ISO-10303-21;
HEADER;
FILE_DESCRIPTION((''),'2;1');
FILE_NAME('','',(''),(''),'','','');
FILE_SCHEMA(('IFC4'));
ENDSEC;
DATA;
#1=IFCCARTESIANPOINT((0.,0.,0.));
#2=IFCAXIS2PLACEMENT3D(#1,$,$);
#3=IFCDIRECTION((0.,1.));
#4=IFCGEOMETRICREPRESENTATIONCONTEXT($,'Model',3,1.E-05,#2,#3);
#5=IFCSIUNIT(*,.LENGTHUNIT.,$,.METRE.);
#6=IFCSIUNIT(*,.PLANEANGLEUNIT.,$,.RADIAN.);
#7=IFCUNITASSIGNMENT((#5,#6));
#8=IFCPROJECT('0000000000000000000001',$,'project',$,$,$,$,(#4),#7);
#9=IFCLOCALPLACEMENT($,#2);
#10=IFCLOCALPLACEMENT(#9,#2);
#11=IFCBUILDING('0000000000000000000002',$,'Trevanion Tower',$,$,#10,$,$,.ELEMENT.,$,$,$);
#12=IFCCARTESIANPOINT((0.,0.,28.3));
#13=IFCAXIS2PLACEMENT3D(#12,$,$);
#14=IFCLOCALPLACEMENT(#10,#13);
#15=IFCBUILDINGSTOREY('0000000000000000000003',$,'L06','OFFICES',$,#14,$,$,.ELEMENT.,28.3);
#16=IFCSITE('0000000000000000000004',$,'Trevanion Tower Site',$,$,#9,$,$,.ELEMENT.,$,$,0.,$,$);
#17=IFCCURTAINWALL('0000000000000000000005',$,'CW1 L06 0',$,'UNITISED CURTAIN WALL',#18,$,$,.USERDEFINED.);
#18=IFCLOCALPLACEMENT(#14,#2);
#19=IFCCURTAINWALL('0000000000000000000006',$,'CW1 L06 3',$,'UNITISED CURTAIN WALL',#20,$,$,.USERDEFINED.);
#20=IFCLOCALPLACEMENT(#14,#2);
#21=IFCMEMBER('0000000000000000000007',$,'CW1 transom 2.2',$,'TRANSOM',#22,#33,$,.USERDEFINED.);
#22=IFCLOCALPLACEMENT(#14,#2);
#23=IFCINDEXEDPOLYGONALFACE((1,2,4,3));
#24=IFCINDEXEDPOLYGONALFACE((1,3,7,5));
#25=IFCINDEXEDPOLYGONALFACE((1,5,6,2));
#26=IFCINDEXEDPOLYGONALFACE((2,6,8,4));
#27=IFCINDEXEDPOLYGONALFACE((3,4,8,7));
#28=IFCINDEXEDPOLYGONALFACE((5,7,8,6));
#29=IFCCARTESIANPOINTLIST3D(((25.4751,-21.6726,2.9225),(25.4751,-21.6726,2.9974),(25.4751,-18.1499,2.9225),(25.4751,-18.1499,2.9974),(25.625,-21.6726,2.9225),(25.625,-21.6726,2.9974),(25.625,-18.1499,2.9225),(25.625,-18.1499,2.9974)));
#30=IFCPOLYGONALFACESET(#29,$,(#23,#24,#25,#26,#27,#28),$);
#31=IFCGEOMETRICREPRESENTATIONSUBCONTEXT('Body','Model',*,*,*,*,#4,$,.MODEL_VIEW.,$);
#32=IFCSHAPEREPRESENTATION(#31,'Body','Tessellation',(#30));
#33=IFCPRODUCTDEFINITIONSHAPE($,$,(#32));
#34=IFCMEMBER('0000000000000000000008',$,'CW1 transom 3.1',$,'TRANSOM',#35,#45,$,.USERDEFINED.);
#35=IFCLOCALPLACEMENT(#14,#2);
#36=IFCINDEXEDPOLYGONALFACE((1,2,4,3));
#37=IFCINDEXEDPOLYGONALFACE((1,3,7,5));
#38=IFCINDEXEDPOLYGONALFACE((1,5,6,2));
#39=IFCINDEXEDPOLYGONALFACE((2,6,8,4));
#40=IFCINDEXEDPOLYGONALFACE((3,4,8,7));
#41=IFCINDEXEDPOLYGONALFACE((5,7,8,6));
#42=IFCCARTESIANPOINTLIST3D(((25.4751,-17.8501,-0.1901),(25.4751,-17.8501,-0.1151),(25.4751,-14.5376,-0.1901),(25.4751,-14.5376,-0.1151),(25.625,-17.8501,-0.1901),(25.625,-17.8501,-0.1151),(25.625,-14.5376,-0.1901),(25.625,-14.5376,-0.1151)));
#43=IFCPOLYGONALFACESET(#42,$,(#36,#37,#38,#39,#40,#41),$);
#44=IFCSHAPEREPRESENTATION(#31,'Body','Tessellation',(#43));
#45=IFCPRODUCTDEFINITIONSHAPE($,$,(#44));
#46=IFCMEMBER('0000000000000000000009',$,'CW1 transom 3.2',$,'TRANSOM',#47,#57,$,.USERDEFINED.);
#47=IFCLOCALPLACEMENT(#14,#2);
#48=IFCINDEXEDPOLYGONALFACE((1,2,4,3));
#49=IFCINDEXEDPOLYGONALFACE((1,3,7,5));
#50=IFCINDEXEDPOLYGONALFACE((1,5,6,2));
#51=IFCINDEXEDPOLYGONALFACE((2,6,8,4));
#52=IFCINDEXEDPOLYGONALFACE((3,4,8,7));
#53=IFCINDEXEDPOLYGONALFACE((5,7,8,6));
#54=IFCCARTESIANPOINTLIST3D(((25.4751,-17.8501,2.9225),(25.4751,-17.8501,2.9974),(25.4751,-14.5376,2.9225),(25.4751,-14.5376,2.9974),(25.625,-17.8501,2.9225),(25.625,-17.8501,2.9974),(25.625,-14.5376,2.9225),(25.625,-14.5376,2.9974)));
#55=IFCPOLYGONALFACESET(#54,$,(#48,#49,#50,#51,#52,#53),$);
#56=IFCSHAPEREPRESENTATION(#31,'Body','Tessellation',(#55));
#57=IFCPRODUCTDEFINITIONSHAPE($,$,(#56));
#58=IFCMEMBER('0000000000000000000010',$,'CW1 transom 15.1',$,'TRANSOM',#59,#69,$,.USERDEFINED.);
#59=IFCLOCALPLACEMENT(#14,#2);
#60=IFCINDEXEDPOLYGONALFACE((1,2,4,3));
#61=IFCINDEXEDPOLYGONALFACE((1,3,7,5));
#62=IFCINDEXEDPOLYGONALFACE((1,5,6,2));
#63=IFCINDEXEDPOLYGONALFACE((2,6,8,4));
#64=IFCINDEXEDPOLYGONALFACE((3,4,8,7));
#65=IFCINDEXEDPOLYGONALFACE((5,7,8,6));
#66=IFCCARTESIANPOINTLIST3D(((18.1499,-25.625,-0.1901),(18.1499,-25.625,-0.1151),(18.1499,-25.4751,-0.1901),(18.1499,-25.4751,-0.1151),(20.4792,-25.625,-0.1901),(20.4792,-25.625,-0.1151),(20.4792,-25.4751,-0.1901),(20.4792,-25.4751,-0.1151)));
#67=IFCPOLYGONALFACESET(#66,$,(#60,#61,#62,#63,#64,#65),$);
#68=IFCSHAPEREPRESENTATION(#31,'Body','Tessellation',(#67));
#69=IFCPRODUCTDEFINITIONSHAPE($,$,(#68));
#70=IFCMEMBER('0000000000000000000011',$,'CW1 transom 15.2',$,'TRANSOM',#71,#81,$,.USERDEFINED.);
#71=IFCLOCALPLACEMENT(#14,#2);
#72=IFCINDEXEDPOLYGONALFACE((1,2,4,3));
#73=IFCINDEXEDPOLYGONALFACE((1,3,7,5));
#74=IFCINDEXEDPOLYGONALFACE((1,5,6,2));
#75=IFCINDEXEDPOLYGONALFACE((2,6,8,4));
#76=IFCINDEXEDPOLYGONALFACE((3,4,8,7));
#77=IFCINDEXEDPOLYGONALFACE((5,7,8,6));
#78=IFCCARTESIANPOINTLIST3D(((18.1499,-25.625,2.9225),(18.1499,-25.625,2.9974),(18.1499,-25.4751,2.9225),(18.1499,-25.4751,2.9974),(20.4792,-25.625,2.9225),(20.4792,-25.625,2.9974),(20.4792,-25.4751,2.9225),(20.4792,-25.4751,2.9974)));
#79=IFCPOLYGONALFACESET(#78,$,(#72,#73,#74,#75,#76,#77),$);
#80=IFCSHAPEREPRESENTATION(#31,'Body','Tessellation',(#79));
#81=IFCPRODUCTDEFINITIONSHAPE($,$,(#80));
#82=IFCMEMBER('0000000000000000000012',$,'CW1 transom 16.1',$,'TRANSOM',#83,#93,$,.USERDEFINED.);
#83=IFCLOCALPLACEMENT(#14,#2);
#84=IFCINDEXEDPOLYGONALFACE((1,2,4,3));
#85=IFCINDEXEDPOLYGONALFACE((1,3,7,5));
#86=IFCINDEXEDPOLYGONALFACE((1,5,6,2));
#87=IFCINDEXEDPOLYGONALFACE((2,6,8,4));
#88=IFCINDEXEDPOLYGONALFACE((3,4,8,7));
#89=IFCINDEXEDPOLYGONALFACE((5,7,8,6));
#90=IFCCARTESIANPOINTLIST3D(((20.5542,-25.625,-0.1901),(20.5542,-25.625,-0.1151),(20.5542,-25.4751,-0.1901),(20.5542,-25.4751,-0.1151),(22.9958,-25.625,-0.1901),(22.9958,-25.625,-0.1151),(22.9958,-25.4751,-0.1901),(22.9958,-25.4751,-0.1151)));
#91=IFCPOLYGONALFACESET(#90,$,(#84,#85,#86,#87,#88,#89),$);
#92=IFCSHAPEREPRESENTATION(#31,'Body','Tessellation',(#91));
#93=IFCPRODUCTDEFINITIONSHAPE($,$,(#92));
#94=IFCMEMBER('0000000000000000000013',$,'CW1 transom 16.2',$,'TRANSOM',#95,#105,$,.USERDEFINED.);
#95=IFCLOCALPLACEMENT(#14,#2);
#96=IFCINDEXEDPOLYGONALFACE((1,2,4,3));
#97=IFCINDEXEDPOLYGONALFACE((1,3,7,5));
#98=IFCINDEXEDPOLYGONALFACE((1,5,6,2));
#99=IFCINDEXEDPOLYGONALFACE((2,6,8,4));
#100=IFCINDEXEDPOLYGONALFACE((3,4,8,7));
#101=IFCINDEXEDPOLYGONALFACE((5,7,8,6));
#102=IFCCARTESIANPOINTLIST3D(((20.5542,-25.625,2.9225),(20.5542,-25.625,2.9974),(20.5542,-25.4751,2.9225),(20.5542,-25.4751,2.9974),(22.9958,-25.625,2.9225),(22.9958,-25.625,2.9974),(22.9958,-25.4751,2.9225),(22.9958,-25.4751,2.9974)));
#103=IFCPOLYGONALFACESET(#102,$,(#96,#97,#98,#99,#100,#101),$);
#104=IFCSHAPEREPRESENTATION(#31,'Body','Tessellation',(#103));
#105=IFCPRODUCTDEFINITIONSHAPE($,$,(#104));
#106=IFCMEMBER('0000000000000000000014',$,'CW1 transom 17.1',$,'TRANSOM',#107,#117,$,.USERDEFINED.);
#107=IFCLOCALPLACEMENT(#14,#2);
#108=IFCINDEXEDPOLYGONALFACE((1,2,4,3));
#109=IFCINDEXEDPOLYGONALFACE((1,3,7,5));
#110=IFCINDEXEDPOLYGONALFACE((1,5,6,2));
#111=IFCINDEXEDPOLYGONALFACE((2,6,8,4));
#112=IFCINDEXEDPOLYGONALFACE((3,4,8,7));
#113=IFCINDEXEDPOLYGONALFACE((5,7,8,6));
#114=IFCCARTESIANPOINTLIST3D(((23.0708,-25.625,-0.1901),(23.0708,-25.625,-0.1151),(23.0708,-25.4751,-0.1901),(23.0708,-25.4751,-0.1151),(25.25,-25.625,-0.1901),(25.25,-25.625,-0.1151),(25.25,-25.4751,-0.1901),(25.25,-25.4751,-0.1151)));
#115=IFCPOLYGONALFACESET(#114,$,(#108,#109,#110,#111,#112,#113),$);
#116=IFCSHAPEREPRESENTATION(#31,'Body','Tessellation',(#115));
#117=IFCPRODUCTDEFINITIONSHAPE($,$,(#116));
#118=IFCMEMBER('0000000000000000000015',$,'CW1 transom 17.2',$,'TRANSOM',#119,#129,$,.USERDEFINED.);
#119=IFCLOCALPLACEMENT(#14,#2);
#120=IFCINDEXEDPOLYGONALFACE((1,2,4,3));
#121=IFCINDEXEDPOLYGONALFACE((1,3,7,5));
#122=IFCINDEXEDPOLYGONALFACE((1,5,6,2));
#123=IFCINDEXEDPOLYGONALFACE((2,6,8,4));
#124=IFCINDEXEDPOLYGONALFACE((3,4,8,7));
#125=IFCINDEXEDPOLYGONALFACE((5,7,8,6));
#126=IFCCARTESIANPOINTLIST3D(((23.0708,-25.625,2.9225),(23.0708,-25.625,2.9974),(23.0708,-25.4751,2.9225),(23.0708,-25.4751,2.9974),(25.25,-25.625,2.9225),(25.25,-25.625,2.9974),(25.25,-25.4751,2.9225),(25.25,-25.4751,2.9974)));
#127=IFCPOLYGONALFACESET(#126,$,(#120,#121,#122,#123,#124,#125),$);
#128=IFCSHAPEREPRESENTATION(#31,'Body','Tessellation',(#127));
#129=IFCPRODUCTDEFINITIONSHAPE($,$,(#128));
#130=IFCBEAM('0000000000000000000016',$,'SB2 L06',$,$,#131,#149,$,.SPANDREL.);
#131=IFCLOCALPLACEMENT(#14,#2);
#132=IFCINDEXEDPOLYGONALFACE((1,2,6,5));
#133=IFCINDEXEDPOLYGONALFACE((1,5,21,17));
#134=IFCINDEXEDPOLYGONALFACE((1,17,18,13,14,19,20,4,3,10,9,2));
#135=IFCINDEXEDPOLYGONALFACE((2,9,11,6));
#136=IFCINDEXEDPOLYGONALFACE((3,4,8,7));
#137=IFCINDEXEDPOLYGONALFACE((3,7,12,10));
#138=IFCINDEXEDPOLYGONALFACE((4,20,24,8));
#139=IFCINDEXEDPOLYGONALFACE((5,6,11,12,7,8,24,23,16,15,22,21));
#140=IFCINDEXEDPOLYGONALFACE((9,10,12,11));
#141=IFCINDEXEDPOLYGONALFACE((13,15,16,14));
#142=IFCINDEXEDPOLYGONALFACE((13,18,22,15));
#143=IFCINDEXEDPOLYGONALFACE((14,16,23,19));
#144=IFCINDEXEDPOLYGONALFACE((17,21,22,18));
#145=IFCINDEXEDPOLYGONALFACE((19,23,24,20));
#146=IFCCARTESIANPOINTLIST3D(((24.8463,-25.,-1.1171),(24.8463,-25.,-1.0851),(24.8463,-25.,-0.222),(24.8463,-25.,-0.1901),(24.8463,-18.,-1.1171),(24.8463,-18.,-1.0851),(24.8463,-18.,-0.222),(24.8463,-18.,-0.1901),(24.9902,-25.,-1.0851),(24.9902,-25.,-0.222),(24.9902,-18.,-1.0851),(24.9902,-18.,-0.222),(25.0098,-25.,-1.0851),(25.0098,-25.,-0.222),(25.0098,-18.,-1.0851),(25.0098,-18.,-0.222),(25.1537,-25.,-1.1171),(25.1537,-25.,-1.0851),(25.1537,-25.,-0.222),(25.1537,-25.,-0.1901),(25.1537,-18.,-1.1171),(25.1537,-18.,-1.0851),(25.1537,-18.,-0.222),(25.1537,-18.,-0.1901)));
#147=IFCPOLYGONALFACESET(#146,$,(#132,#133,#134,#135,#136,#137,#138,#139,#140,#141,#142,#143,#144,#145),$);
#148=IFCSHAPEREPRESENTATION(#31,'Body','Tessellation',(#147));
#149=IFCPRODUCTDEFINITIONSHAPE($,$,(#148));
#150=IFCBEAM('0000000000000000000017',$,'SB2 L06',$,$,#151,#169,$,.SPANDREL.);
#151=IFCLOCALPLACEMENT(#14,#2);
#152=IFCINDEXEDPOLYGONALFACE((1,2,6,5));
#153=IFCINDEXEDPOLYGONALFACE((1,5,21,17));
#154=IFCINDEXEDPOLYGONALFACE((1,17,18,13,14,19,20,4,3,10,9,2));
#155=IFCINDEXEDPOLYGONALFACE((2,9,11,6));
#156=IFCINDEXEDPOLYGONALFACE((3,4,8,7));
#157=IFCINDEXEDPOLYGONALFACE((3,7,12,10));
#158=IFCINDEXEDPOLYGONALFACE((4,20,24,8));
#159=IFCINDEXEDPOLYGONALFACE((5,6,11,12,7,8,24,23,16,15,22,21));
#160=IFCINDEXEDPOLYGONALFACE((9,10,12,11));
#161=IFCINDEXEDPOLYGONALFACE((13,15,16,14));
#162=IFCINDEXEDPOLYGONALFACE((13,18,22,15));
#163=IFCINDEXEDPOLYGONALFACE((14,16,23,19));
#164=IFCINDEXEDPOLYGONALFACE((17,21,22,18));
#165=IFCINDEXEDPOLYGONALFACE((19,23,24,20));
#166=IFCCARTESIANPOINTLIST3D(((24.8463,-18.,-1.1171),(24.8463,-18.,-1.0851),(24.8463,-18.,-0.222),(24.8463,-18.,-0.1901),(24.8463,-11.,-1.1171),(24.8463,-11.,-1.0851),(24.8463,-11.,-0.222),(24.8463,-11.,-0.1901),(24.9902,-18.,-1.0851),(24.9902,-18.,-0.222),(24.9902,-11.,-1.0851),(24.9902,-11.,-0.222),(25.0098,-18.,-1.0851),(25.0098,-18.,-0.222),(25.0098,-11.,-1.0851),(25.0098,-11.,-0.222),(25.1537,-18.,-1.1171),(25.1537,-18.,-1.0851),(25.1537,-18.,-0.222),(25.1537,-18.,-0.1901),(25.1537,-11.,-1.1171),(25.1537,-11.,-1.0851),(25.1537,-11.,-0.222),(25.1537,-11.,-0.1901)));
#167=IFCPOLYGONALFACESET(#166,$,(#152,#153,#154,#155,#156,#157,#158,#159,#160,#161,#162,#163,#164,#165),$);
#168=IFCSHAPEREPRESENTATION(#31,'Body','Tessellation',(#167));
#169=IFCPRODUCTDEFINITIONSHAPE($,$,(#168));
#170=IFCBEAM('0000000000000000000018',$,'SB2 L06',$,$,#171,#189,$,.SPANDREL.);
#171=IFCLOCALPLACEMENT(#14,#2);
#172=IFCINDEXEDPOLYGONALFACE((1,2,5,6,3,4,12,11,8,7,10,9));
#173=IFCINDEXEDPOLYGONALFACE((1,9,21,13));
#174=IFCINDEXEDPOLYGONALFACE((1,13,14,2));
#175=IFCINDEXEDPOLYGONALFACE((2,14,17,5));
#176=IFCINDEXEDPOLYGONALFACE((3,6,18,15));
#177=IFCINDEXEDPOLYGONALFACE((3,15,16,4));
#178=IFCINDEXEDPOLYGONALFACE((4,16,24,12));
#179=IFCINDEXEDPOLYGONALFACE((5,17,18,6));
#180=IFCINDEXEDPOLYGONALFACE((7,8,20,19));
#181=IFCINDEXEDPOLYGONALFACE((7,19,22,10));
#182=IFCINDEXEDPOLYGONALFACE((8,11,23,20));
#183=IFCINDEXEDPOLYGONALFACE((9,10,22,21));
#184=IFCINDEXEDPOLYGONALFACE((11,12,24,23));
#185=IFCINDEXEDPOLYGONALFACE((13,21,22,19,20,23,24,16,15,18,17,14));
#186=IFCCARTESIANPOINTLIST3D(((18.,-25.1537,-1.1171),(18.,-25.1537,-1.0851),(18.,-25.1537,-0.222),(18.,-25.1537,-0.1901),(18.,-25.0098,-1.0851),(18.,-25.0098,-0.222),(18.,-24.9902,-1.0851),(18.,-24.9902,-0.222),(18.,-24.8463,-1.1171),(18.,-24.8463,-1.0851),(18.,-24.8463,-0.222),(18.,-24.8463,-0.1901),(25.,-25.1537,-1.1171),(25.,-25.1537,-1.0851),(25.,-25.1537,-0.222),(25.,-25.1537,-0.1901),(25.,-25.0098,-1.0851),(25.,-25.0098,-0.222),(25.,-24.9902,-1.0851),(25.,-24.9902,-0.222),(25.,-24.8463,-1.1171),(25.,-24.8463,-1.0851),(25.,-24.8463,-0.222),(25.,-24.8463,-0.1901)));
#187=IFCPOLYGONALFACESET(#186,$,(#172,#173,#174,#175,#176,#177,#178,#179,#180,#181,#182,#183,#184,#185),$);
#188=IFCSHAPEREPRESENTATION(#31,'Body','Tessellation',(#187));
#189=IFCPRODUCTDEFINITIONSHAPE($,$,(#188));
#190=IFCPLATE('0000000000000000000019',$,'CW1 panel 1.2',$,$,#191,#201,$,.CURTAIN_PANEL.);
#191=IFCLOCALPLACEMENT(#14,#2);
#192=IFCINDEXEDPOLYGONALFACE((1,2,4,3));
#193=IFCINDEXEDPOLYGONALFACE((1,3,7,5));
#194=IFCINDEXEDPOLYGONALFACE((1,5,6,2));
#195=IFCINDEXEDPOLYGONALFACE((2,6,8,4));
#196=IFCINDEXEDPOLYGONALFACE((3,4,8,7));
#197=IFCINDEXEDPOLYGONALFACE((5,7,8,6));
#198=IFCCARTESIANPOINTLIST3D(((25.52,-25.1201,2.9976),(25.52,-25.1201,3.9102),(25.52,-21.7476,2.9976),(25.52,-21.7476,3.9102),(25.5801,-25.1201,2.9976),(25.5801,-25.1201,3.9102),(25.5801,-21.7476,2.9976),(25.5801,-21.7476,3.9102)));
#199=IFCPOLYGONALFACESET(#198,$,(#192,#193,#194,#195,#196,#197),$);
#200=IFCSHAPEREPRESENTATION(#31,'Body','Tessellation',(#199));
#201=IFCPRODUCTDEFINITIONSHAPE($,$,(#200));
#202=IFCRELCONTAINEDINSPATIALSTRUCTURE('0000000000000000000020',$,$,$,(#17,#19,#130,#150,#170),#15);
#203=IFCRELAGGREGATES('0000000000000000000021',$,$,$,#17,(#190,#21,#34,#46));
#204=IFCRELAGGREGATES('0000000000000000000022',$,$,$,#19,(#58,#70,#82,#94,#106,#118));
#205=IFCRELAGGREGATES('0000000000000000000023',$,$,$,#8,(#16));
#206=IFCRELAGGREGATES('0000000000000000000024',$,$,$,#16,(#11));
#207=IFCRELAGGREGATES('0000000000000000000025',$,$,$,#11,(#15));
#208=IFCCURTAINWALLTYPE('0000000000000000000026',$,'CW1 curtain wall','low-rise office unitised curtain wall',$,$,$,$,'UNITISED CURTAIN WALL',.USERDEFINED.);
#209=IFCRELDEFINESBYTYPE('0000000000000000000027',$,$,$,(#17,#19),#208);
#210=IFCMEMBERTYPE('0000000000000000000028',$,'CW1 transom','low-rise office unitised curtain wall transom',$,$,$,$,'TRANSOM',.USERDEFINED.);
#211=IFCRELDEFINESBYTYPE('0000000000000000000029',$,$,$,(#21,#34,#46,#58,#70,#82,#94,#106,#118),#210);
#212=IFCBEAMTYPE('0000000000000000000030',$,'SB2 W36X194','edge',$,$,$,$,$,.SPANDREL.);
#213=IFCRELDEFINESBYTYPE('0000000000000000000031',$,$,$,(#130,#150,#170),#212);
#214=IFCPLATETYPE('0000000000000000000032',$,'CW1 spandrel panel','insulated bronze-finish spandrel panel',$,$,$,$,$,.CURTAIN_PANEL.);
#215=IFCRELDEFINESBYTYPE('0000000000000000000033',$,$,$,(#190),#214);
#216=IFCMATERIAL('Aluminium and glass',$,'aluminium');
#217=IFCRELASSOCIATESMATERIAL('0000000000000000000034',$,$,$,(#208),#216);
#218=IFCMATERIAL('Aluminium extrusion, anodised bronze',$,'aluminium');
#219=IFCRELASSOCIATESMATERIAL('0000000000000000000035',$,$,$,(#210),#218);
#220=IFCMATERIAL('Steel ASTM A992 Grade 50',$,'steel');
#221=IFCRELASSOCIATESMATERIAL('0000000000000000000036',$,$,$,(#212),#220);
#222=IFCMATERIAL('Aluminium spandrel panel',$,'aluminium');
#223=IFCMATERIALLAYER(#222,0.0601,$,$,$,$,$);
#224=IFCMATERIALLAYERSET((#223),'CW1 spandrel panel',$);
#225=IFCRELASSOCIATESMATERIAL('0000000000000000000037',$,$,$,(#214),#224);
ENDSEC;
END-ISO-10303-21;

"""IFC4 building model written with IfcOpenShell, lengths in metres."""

from ifc_helpers import new_model, si_unit, direction, frame, origin, origin_2d, place, context, subcontext, project, spatial, rectangle, i_section, extrude, material, layer, layer_set, material_profile, profile_set, type_object, element, aggregate, save


model = new_model("IFC4")

# Units and contexts
model_context = context("Model", 3, precision=1e-05, world=origin(), true_north=direction((0.0, 1.0)))
body_context = subcontext(model_context, "Body", "Model", "MODEL_VIEW")
ifc_project = project(units=[si_unit("LENGTHUNIT", "METRE"), si_unit("PLANEANGLEUNIT", "RADIAN")], contexts=[model_context])

# Site, building, storey
site_placement = place(None, origin())
site = spatial("IfcSite", under=ifc_project, at=site_placement, Name="Trevanion Tower Site", CompositionType="ELEMENT", RefElevation=0.0)
building_placement = place(site_placement, origin())
building = spatial("IfcBuilding", under=site, at=building_placement, Name="Trevanion Tower", CompositionType="ELEMENT")
storey_placement = place(building_placement, frame((0.0, 0.0, 28.3)))
storey = spatial("IfcBuildingStorey", under=building, at=storey_placement, Name="L06", Description="OFFICES", CompositionType="ELEMENT", Elevation=28.3)

# Curtain wall
ifc_material_1 = material(Name="Aluminium and glass", Category="aluminium")
curtain_wall_type = type_object("IfcCurtainWallType", Name="CW1 curtain wall", Description="low-rise office unitised curtain wall", ElementType="UNITISED CURTAIN WALL", PredefinedType="USERDEFINED", material=ifc_material_1)
curtain_wall_1_placement = place(storey_placement, origin())
curtain_wall_1 = element("IfcCurtainWall", 1, at=curtain_wall_1_placement, inside=storey, type_object=curtain_wall_type, Name="CW1 L06 0", ObjectType="UNITISED CURTAIN WALL", PredefinedType="USERDEFINED")

# Curtain wall
curtain_wall_2_placement = place(storey_placement, origin())
curtain_wall_2 = element("IfcCurtainWall", 2, at=curtain_wall_2_placement, inside=storey, type_object=curtain_wall_type, Name="CW1 L06 3", ObjectType="UNITISED CURTAIN WALL", PredefinedType="USERDEFINED")

# Members
ifc_material_2 = material(Name="Aluminium extrusion, anodised bronze", Category="aluminium")
ifc_material_profile_1 = material_profile(ifc_material_2, rectangle(XDim=0.1499, YDim=0.075, at=origin_2d()), Name="CW1 transom")
ifc_profile_set_1 = profile_set([ifc_material_profile_1], Name="Aluminium extrusion, anodised bronze")
member_type_1 = type_object("IfcMemberType", Name="CW1 transom", Description="low-rise office unitised curtain wall transom", ElementType="TRANSOM", PredefinedType="USERDEFINED", material=ifc_profile_set_1)
member_1_placement = place(storey_placement, frame((25.55, -21.6726, 2.96), z_axis=(0.0, 1.0, 0.0), x_axis=(-1.0, 0.0, 0.0)))
member_1 = element("IfcMember", 3, at=member_1_placement, type_object=member_type_1, Name="CW1 transom 2.2", ObjectType="TRANSOM", PredefinedType="USERDEFINED", context=body_context, shape_type="SweptSolid", body=[
    extrude(rectangle(XDim=0.1499, YDim=0.075, at=origin_2d()), origin(), (0.0, 0.0, 1.0), 3.5227),
])
member_2_placement = place(storey_placement, frame((25.55, -17.8501, -0.1526), z_axis=(0.0, 1.0, 0.0), x_axis=(-1.0, 0.0, 0.0)))
member_2 = element("IfcMember", 4, at=member_2_placement, type_object=member_type_1, Name="CW1 transom 3.1", ObjectType="TRANSOM", PredefinedType="USERDEFINED", context=body_context, shape_type="SweptSolid", body=[
    extrude(rectangle(XDim=0.1499, YDim=0.075, at=origin_2d()), origin(), (0.0, 0.0, 1.0), 3.3125),
])
member_3_placement = place(storey_placement, frame((25.55, -17.8501, 2.96), z_axis=(0.0, 1.0, 0.0), x_axis=(-1.0, 0.0, 0.0)))
member_3 = element("IfcMember", 5, at=member_3_placement, type_object=member_type_1, Name="CW1 transom 3.2", ObjectType="TRANSOM", PredefinedType="USERDEFINED", context=body_context, shape_type="SweptSolid", body=[
    extrude(rectangle(XDim=0.1499, YDim=0.075, at=origin_2d()), origin(), (0.0, 0.0, 1.0), 3.3125),
])
member_4_placement = place(storey_placement, frame((18.1499, -25.55, -0.1526), z_axis=(1.0, 0.0, 0.0), x_axis=(0.0, 1.0, 0.0)))
member_4 = element("IfcMember", 6, at=member_4_placement, type_object=member_type_1, Name="CW1 transom 15.1", ObjectType="TRANSOM", PredefinedType="USERDEFINED", context=body_context, shape_type="SweptSolid", body=[
    extrude(rectangle(XDim=0.1499, YDim=0.075, at=origin_2d()), origin(), (0.0, 0.0, 1.0), 2.3293),
])
member_5_placement = place(storey_placement, frame((18.1499, -25.55, 2.96), z_axis=(1.0, 0.0, 0.0), x_axis=(0.0, 1.0, 0.0)))
member_5 = element("IfcMember", 7, at=member_5_placement, type_object=member_type_1, Name="CW1 transom 15.2", ObjectType="TRANSOM", PredefinedType="USERDEFINED", context=body_context, shape_type="SweptSolid", body=[
    extrude(rectangle(XDim=0.1499, YDim=0.075, at=origin_2d()), origin(), (0.0, 0.0, 1.0), 2.3293),
])
member_6_placement = place(storey_placement, frame((20.5542, -25.55, -0.1526), z_axis=(1.0, 0.0, 0.0), x_axis=(0.0, 1.0, 0.0)))
member_6 = element("IfcMember", 8, at=member_6_placement, type_object=member_type_1, Name="CW1 transom 16.1", ObjectType="TRANSOM", PredefinedType="USERDEFINED", context=body_context, shape_type="SweptSolid", body=[
    extrude(rectangle(XDim=0.1499, YDim=0.075, at=origin_2d()), origin(), (0.0, 0.0, 1.0), 2.4417),
])
member_7_placement = place(storey_placement, frame((20.5542, -25.55, 2.96), z_axis=(1.0, 0.0, 0.0), x_axis=(0.0, 1.0, 0.0)))
member_7 = element("IfcMember", 9, at=member_7_placement, type_object=member_type_1, Name="CW1 transom 16.2", ObjectType="TRANSOM", PredefinedType="USERDEFINED", context=body_context, shape_type="SweptSolid", body=[
    extrude(rectangle(XDim=0.1499, YDim=0.075, at=origin_2d()), origin(), (0.0, 0.0, 1.0), 2.4417),
])
member_8_placement = place(storey_placement, frame((23.0708, -25.55, -0.1526), z_axis=(1.0, 0.0, 0.0), x_axis=(0.0, 1.0, 0.0)))
member_8 = element("IfcMember", 10, at=member_8_placement, type_object=member_type_1, Name="CW1 transom 17.1", ObjectType="TRANSOM", PredefinedType="USERDEFINED", context=body_context, shape_type="SweptSolid", body=[
    extrude(rectangle(XDim=0.1499, YDim=0.075, at=origin_2d()), origin(), (0.0, 0.0, 1.0), 2.1792),
])
member_9_placement = place(storey_placement, frame((23.0708, -25.55, 2.96), z_axis=(1.0, 0.0, 0.0), x_axis=(0.0, 1.0, 0.0)))
member_9 = element("IfcMember", 11, at=member_9_placement, type_object=member_type_1, Name="CW1 transom 17.2", ObjectType="TRANSOM", PredefinedType="USERDEFINED", context=body_context, shape_type="SweptSolid", body=[
    extrude(rectangle(XDim=0.1499, YDim=0.075, at=origin_2d()), origin(), (0.0, 0.0, 1.0), 2.1792),
])

# Beams
ifc_material_3 = material(Name="Steel ASTM A992 Grade 50", Category="steel")
ifc_material_profile_2 = material_profile(ifc_material_3, i_section(OverallWidth=0.3074, OverallDepth=0.927, WebThickness=0.0195, FlangeThickness=0.032, at=origin_2d()), Name="W36X194")
ifc_profile_set_2 = profile_set([ifc_material_profile_2], Name="Steel ASTM A992 Grade 50")
beam_type = type_object("IfcBeamType", Name="SB2 W36X194", Description="edge", PredefinedType="SPANDREL", material=ifc_profile_set_2)
for number, where, z_axis, x_axis, name in (
    (12, (25.0, -25.0, -0.6536), (0.0, 1.0, 0.0), (-1.0, 0.0, 0.0), "SB2 L06"),
    (13, (25.0, -18.0, -0.6536), (0.0, 1.0, 0.0), (-1.0, 0.0, 0.0), "SB2 L06"),
    (14, (18.0, -25.0, -0.6536), (1.0, 0.0, 0.0), (0.0, 1.0, 0.0), "SB2 L06"),
):
    element("IfcBeam", number, at=place(storey_placement, frame(where, z_axis=z_axis, x_axis=x_axis)), inside=storey, type_object=beam_type, Name=name, PredefinedType="SPANDREL", context=body_context, shape_type="SweptSolid", body=[
        extrude(i_section(OverallWidth=0.3074, OverallDepth=0.927, WebThickness=0.0195, FlangeThickness=0.032, at=origin_2d()), origin(), (0.0, 0.0, 1.0), 7.0),
    ])

# Plate
ifc_material_4 = material(Name="Aluminium spandrel panel", Category="aluminium")
ifc_layer_1 = layer(ifc_material_4, 0.0601)
ifc_layer_set_1 = layer_set([ifc_layer_1], Name="CW1 spandrel panel")
plate_type_1 = type_object("IfcPlateType", Name="CW1 spandrel panel", Description="insulated bronze-finish spandrel panel", PredefinedType="CURTAIN_PANEL", material=ifc_layer_set_1)
plate_1_placement = place(storey_placement, frame((25.55, -23.4338, 2.9976), z_axis=(0.0, 0.0, 1.0), x_axis=(0.0, 1.0, 0.0)))
plate_1 = element("IfcPlate", 15, at=plate_1_placement, type_object=plate_type_1, Name="CW1 panel 1.2", PredefinedType="CURTAIN_PANEL", context=body_context, shape_type="SweptSolid", body=[
    extrude(rectangle(XDim=3.3726, YDim=0.0601, at=origin_2d()), origin(), (0.0, 0.0, 1.0), 0.9126),
])
aggregate(curtain_wall_1, [plate_1, member_1, member_2, member_3])
aggregate(curtain_wall_2, [member_4, member_5, member_6, member_7, member_8, member_9])

save(model, "model.ifc")
